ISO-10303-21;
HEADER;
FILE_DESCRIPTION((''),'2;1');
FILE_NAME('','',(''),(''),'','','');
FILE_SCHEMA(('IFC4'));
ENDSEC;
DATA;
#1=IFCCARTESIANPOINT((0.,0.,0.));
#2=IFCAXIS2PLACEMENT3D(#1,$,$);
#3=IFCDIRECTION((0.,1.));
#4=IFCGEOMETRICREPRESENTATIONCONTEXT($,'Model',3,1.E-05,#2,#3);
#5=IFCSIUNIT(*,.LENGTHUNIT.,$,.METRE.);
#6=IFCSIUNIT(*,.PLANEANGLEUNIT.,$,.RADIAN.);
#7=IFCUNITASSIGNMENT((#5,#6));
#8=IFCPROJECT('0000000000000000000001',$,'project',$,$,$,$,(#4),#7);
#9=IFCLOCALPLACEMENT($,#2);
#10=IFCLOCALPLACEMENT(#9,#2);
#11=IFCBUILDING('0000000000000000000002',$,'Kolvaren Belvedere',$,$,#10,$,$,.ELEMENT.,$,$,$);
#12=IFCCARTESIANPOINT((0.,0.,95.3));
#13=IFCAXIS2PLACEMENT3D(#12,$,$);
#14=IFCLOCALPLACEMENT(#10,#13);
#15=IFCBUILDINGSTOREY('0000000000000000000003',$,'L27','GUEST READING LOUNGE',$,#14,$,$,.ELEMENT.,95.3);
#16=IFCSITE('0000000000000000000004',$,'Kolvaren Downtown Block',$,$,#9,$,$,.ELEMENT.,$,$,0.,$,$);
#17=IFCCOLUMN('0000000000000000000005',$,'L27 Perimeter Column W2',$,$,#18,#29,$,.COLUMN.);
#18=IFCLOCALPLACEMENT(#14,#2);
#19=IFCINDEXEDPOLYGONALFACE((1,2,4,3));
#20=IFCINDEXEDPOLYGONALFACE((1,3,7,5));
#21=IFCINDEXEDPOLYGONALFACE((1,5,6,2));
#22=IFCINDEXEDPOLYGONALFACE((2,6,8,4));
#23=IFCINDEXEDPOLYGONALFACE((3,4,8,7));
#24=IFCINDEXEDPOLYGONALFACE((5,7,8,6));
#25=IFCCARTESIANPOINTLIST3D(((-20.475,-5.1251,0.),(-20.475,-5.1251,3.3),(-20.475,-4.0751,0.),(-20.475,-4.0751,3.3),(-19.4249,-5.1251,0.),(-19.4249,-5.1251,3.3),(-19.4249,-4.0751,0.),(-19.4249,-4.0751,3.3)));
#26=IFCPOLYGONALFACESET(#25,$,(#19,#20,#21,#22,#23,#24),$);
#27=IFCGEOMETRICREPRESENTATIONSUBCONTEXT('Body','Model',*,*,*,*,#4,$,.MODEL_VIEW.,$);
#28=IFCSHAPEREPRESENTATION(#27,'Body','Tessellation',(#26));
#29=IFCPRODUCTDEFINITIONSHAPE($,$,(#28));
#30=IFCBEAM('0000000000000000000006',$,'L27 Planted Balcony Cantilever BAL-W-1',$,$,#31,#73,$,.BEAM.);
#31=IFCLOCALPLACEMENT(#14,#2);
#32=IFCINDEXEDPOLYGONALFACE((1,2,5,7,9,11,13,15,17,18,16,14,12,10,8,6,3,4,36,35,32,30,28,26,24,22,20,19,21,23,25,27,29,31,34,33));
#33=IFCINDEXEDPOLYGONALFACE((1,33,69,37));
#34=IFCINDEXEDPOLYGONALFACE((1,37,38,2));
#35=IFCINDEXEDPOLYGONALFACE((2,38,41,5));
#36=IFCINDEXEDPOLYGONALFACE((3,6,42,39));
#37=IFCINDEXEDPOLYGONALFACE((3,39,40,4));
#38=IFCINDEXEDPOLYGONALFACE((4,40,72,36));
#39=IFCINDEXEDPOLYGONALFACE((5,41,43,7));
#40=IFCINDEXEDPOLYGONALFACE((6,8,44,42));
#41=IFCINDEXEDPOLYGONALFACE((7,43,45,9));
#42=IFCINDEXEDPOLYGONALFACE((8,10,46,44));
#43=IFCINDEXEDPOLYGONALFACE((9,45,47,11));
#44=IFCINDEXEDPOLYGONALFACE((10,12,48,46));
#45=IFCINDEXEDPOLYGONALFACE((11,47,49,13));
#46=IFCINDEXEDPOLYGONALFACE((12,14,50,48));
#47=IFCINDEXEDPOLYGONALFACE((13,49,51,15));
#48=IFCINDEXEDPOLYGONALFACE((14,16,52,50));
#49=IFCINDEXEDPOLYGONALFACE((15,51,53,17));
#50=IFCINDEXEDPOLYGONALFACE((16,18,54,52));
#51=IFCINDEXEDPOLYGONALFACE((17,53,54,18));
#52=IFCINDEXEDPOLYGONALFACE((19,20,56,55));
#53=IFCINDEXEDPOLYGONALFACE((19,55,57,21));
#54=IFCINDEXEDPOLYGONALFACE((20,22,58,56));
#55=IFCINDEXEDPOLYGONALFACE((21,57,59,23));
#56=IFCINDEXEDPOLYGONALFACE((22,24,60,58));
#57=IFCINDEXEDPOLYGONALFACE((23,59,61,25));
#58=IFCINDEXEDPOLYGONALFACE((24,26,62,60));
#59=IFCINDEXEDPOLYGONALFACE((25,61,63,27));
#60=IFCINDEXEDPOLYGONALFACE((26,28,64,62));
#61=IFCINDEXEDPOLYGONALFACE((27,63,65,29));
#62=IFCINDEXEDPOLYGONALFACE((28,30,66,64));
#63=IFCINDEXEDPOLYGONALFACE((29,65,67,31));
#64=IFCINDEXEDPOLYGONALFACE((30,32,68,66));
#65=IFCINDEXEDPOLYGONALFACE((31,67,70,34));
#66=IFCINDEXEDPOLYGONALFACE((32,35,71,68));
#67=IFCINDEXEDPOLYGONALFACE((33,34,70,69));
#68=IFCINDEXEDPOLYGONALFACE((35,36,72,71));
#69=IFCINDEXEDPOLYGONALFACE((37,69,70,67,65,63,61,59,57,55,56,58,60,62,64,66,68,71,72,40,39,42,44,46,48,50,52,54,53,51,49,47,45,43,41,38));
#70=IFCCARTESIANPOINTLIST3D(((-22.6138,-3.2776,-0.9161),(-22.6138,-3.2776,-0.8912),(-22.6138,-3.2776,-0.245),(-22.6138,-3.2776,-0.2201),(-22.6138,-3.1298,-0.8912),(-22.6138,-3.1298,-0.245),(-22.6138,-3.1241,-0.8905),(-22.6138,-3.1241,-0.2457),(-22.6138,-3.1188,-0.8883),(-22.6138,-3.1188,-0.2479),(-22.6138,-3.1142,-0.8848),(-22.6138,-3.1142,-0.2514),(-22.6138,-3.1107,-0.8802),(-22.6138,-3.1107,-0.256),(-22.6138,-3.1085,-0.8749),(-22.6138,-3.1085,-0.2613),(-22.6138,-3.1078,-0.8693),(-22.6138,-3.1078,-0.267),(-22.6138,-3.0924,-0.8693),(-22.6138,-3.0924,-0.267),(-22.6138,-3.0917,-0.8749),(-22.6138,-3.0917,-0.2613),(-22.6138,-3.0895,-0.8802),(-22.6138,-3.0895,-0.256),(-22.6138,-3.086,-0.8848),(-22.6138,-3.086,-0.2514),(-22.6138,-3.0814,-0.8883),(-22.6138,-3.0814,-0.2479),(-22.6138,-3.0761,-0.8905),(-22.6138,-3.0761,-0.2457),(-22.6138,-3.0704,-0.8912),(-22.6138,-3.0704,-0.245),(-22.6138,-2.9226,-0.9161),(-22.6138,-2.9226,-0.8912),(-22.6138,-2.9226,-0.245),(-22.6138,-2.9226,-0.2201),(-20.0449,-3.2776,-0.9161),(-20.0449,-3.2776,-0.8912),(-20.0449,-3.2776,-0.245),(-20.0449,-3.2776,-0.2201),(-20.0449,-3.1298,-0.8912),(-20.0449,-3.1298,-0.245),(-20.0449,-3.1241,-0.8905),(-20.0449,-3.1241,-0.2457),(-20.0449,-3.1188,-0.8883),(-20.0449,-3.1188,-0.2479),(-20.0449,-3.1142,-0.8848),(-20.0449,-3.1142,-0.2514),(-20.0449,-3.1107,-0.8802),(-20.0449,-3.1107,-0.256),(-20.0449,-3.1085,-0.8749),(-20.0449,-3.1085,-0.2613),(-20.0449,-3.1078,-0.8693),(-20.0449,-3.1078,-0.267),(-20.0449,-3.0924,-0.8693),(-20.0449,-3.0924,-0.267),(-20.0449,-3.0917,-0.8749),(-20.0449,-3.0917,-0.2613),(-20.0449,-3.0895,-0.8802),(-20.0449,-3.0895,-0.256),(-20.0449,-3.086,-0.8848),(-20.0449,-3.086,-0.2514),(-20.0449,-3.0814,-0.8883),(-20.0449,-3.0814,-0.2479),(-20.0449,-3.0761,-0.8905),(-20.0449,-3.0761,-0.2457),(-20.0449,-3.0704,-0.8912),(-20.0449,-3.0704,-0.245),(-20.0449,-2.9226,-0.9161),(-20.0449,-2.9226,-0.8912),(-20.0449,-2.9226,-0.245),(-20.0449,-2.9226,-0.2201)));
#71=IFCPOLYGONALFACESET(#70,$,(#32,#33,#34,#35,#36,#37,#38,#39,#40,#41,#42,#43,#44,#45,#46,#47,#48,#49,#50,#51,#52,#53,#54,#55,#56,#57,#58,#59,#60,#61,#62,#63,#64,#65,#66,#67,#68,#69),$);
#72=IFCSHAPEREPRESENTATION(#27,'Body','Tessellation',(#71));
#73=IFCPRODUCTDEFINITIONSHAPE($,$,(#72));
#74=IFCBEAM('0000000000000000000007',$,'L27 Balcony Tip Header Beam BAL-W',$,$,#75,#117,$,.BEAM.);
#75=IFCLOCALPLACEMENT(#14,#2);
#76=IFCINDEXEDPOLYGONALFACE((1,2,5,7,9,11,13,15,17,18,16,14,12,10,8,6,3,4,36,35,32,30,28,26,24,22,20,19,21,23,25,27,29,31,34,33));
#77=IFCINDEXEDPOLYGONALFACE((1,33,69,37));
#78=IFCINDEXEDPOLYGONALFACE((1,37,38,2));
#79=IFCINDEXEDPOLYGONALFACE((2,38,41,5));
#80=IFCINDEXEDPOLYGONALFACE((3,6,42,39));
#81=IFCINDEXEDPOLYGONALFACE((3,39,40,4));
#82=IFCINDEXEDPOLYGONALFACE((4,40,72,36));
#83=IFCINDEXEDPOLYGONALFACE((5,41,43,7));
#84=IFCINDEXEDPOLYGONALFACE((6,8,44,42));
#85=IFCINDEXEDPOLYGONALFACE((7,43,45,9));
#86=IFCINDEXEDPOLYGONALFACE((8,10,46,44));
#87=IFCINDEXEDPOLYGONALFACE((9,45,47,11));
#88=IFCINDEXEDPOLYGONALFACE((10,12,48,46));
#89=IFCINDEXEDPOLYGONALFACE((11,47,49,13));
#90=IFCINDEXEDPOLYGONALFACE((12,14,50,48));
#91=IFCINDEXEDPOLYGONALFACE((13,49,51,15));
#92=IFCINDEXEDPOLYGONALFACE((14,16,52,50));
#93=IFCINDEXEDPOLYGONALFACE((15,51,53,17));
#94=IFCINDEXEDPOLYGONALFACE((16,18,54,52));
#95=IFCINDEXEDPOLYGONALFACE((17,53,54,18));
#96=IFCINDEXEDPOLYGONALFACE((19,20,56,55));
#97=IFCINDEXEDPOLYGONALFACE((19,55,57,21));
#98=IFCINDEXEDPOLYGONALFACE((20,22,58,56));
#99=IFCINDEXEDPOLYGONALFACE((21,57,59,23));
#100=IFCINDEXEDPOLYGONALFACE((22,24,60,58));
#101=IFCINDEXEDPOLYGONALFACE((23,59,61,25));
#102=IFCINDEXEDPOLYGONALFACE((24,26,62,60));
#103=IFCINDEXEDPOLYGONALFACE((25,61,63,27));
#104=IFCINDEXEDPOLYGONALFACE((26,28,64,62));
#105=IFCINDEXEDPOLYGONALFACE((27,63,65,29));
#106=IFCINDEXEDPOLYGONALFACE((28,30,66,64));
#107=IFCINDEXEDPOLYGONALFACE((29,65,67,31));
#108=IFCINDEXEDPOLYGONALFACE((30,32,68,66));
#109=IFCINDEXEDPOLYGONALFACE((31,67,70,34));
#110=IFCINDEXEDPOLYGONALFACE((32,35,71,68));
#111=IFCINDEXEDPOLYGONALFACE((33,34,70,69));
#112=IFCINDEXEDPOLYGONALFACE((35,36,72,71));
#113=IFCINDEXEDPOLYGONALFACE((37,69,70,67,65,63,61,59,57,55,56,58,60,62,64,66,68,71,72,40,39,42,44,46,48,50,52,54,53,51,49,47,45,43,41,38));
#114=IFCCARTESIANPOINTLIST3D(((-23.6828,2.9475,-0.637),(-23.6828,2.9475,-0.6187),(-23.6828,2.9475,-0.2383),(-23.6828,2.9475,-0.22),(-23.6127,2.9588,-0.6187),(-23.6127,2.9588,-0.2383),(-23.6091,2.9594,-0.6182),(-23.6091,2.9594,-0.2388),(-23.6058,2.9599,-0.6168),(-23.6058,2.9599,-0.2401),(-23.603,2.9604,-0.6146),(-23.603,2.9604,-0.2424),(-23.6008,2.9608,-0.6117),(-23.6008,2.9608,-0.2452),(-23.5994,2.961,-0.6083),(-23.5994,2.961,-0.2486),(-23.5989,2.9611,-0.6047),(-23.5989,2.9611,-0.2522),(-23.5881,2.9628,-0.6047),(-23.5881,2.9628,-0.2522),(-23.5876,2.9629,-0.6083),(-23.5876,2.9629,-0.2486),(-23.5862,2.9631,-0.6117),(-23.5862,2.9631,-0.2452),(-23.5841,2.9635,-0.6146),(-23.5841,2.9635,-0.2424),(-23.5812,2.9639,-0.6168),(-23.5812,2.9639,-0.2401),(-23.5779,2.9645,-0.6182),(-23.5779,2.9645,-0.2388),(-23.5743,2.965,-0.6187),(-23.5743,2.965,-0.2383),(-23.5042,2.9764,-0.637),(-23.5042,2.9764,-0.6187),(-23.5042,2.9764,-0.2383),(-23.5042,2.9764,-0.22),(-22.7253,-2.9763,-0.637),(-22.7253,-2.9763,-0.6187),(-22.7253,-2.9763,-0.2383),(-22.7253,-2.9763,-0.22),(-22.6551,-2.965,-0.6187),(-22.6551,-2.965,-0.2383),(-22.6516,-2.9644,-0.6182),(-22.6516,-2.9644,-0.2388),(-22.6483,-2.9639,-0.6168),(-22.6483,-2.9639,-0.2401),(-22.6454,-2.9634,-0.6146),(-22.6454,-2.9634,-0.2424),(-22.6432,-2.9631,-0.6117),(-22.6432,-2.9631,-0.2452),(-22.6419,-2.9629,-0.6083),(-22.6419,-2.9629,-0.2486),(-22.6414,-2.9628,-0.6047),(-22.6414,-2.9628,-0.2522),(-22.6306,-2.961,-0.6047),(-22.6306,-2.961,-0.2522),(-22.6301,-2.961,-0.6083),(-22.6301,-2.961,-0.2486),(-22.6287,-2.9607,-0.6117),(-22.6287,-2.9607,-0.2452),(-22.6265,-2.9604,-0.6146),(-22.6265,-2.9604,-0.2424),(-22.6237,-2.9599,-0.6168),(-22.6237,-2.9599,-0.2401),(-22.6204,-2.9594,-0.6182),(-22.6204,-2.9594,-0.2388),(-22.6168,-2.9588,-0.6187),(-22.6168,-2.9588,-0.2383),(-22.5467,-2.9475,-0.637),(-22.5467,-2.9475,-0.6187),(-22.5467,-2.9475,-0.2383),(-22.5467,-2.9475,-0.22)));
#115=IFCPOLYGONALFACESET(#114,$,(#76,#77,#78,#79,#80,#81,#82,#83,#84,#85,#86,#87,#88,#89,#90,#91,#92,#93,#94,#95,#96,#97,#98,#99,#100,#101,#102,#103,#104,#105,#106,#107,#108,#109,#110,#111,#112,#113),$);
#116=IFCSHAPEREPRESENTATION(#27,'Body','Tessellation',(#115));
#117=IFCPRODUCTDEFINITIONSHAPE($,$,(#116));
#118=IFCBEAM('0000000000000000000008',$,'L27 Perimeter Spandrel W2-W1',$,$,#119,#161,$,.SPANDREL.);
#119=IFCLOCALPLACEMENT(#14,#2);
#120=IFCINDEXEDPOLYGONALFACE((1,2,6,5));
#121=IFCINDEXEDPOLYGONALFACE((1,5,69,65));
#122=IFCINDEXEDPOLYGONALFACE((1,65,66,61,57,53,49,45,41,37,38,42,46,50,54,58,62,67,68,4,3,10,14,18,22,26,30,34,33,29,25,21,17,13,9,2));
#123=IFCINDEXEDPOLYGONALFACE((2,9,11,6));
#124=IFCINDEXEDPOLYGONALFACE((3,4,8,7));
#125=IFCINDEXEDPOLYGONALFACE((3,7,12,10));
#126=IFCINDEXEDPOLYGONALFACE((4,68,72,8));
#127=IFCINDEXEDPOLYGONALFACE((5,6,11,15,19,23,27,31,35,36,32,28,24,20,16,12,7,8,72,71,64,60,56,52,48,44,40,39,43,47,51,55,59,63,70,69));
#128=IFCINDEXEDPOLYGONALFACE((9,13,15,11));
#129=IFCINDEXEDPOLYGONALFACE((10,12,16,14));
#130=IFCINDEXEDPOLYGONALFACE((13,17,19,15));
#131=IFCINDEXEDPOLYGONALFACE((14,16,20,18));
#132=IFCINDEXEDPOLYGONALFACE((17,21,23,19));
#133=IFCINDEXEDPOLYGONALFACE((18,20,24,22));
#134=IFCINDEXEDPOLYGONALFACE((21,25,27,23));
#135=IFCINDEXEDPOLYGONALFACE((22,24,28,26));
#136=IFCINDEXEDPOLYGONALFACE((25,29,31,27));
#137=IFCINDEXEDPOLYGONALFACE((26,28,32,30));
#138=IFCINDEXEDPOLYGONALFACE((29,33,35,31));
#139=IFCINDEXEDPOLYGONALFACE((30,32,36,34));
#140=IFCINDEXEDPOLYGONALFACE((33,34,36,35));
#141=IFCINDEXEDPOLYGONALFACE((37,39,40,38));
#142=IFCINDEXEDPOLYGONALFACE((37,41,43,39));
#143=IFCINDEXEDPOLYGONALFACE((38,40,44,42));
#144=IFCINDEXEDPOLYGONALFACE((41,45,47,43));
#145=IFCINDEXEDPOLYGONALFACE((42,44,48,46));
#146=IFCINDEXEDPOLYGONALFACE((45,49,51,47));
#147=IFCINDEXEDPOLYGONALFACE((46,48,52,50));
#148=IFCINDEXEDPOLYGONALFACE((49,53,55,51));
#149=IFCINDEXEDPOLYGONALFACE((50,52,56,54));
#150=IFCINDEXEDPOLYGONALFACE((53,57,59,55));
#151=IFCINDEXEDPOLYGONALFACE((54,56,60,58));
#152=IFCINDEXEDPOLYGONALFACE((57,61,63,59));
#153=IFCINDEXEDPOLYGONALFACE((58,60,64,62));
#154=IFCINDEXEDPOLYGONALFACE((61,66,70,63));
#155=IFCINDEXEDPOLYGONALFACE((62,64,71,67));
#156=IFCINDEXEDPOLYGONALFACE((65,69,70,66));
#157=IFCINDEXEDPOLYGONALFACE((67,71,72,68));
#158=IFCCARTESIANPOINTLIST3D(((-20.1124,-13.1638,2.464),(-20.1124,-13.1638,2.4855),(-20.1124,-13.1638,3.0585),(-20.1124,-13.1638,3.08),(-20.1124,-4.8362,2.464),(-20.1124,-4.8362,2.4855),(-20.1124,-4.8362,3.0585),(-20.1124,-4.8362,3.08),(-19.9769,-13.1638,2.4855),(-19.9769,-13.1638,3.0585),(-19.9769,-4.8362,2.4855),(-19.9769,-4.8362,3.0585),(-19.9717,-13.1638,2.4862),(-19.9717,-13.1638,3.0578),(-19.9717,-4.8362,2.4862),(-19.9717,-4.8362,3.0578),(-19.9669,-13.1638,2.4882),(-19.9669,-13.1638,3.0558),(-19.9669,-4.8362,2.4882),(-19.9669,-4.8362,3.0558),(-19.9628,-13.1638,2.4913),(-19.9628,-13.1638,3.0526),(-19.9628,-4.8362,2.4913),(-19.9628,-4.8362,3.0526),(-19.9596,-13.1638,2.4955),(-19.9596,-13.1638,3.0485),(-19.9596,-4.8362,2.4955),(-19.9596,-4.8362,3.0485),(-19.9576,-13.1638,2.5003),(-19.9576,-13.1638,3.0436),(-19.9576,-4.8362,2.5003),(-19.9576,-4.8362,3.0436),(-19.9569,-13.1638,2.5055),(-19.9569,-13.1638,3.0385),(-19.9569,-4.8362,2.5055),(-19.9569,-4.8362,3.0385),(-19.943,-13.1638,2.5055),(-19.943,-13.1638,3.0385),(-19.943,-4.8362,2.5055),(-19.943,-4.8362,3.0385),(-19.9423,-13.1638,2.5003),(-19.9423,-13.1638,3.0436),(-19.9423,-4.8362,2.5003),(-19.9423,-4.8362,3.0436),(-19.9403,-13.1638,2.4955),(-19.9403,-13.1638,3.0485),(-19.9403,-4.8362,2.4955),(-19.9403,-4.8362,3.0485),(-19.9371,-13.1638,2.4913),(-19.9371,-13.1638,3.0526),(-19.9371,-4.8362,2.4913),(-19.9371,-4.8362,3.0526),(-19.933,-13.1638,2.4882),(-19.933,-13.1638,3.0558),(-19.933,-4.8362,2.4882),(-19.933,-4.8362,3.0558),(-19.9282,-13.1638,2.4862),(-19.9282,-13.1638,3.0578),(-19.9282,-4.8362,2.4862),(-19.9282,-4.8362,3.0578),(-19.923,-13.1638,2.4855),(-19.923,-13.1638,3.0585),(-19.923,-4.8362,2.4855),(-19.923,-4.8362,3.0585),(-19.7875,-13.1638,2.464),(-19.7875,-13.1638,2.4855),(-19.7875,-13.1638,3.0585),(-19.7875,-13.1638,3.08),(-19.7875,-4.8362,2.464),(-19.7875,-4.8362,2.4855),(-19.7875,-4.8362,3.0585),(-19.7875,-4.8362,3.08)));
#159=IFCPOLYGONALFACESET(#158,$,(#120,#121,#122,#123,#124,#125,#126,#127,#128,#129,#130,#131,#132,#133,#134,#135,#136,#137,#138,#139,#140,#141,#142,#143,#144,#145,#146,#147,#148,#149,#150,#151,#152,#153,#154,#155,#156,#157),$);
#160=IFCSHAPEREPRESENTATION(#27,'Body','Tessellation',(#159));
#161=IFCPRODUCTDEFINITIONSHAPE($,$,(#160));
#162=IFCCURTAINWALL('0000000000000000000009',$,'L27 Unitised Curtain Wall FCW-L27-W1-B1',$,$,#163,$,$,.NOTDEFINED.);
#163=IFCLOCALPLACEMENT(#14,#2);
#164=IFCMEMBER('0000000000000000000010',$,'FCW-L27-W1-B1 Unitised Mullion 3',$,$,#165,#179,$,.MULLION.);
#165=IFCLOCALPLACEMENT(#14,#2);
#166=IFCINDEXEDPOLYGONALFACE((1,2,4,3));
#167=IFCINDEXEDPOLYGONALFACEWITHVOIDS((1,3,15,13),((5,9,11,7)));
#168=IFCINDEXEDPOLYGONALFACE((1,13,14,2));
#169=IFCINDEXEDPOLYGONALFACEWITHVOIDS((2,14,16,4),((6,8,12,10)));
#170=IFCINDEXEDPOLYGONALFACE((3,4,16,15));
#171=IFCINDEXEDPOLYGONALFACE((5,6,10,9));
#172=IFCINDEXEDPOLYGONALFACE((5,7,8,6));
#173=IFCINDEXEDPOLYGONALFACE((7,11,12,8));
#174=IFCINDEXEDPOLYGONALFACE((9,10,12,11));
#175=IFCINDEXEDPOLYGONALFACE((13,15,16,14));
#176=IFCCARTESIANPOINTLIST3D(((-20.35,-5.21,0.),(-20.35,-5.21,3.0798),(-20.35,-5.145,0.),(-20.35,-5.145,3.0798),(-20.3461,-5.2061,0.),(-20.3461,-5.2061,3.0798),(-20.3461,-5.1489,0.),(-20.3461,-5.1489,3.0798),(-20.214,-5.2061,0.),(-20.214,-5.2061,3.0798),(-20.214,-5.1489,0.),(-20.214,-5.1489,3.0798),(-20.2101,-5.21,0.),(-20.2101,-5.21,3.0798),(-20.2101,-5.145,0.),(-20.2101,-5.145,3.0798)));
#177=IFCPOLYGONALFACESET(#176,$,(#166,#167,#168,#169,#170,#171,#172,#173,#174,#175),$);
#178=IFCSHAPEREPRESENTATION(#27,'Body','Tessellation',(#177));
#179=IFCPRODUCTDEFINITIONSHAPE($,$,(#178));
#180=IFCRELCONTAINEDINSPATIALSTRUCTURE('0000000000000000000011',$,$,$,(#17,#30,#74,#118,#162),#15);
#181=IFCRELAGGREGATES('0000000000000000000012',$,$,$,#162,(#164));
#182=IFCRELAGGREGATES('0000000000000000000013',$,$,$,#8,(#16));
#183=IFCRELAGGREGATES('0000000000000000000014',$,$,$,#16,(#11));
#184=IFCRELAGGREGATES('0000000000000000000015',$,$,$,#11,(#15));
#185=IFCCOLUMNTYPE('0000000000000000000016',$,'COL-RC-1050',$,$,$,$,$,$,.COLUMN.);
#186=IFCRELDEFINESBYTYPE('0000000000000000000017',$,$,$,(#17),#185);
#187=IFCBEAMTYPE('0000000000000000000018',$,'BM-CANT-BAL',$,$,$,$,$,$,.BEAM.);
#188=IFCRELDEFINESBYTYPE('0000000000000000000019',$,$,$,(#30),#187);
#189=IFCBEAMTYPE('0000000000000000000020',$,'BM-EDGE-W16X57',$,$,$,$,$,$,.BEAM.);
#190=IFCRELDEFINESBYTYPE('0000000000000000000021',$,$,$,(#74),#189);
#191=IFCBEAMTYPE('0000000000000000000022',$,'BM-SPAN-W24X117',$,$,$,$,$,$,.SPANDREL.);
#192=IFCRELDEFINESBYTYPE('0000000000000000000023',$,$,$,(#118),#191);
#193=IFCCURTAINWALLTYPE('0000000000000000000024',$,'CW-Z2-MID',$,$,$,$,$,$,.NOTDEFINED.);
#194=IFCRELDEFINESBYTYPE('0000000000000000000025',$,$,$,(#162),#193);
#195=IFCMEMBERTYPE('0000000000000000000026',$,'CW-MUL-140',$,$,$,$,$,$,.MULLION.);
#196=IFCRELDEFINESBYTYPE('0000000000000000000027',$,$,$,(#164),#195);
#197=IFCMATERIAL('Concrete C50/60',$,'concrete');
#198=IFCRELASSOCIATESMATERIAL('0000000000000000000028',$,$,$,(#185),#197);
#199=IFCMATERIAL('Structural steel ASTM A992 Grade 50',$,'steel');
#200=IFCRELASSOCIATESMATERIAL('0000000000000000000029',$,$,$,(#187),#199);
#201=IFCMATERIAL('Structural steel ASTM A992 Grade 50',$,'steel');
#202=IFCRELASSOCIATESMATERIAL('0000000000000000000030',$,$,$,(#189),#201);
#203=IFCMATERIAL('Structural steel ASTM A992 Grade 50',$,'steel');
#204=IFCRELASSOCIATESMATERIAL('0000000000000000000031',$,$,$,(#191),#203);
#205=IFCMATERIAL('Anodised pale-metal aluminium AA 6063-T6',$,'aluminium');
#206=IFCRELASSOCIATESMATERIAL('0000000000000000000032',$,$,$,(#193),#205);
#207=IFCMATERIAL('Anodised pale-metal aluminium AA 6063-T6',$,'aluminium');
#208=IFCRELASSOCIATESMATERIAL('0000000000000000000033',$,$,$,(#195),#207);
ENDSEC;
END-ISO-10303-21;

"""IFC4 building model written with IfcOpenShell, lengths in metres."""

from ifc_helpers import new_model, si_unit, direction, frame, origin, origin_2d, place, context, subcontext, project, spatial, rectangle, hollow_rectangle, i_section, extrude, material, material_profile, profile_set, type_object, element, aggregate, save


model = new_model("IFC4")

# Units and contexts
model_context = context("Model", 3, precision=1e-05, world=origin(), true_north=direction((0.0, 1.0)))
body_context = subcontext(model_context, "Body", "Model", "MODEL_VIEW")
ifc_project = project(units=[si_unit("LENGTHUNIT", "METRE"), si_unit("PLANEANGLEUNIT", "RADIAN")], contexts=[model_context])

# Site, building, storey
site_placement = place(None, origin())
site = spatial("IfcSite", under=ifc_project, at=site_placement, Name="Kolvaren Downtown Block", CompositionType="ELEMENT", RefElevation=0.0)
building_placement = place(site_placement, origin())
building = spatial("IfcBuilding", under=site, at=building_placement, Name="Kolvaren Belvedere", CompositionType="ELEMENT")
storey_placement = place(building_placement, frame((0.0, 0.0, 95.3)))
storey = spatial("IfcBuildingStorey", under=building, at=storey_placement, Name="L27", Description="GUEST READING LOUNGE", CompositionType="ELEMENT", Elevation=95.3)

# Column
ifc_material_1 = material(Name="Concrete C50/60", Category="concrete")
ifc_material_profile_1 = material_profile(ifc_material_1, rectangle(XDim=1.05, YDim=1.05, at=origin_2d()), Name="RC 1050X1050")
ifc_profile_set_1 = profile_set([ifc_material_profile_1], Name="Concrete C50/60")
column_type = type_object("IfcColumnType", Name="COL-RC-1050", PredefinedType="COLUMN", material=ifc_profile_set_1)
column_placement = place(storey_placement, frame((-19.95, -4.6001, 0.0), z_axis=(0.0, 0.0, 1.0), x_axis=(1.0, 0.0, 0.0)))
element("IfcColumn", 1, at=column_placement, inside=storey, type_object=column_type, Name="L27 Perimeter Column W2", PredefinedType="COLUMN", context=body_context, shape_type="SweptSolid", body=[
    extrude(rectangle(XDim=1.05, YDim=1.05, at=origin_2d()), origin(), (0.0, 0.0, 1.0), 3.3),
])

# Beams
ifc_material_2 = material(Name="Structural steel ASTM A992 Grade 50", Category="steel")
ifc_material_profile_2 = material_profile(ifc_material_2, i_section(OverallWidth=0.355, OverallDepth=0.696, WebThickness=0.0154, FlangeThickness=0.0249, FilletRadius=0.022, at=origin_2d()), Name="W27X146")
ifc_profile_set_2 = profile_set([ifc_material_profile_2], Name="Structural steel ASTM A992 Grade 50")
beam_type_1 = type_object("IfcBeamType", Name="BM-CANT-BAL", PredefinedType="BEAM", material=ifc_profile_set_2)
beam_1_placement = place(storey_placement, frame((-20.0449, -3.1001, -0.5681), z_axis=(-1.0, 0.0, 0.0), x_axis=(0.0, -1.0, 0.0)))
element("IfcBeam", 2, at=beam_1_placement, inside=storey, type_object=beam_type_1, Name="L27 Planted Balcony Cantilever BAL-W-1", PredefinedType="BEAM", context=body_context, shape_type="SweptSolid", body=[
    extrude(i_section(OverallWidth=0.355, OverallDepth=0.696, WebThickness=0.0154, FlangeThickness=0.0249, FilletRadius=0.022, at=origin_2d()), origin(), (0.0, 0.0, 1.0), 2.5688),
])
ifc_material_3 = material(Name="Structural steel ASTM A992 Grade 50", Category="steel")
ifc_material_profile_3 = material_profile(ifc_material_3, i_section(OverallWidth=0.1809, OverallDepth=0.417, WebThickness=0.011, FlangeThickness=0.0183, FilletRadius=0.0139, at=origin_2d()), Name="W16X57")
ifc_profile_set_3 = profile_set([ifc_material_profile_3], Name="Structural steel ASTM A992 Grade 50")
beam_type_2 = type_object("IfcBeamType", Name="BM-EDGE-W16X57", PredefinedType="BEAM", material=ifc_profile_set_3)
beam_2_placement = place(storey_placement, frame((-22.636, -2.9619, -0.4285), z_axis=(-0.159568, 0.987187, 0.0), x_axis=(-0.987187, -0.159568, 0.0)))
element("IfcBeam", 3, at=beam_2_placement, inside=storey, type_object=beam_type_2, Name="L27 Balcony Tip Header Beam BAL-W", PredefinedType="BEAM", context=body_context, shape_type="SweptSolid", body=[
    extrude(i_section(OverallWidth=0.1809, OverallDepth=0.417, WebThickness=0.011, FlangeThickness=0.0183, FilletRadius=0.0139, at=origin_2d()), origin(), (0.0, 0.0, 1.0), 6.0007),
])
ifc_material_4 = material(Name="Structural steel ASTM A992 Grade 50", Category="steel")
ifc_material_profile_4 = material_profile(ifc_material_4, i_section(OverallWidth=0.325, OverallDepth=0.616, WebThickness=0.0139, FlangeThickness=0.0215, FilletRadius=0.02, at=origin_2d()), Name="W24X117")
ifc_profile_set_4 = profile_set([ifc_material_profile_4], Name="Structural steel ASTM A992 Grade 50")
beam_type_3 = type_object("IfcBeamType", Name="BM-SPAN-W24X117", PredefinedType="SPANDREL", material=ifc_profile_set_4)
beam_3_placement = place(storey_placement, frame((-19.95, -4.8362, 2.772), z_axis=(0.0, -1.0, 0.0), x_axis=(1.0, 0.0, 0.0)))
element("IfcBeam", 4, at=beam_3_placement, inside=storey, type_object=beam_type_3, Name="L27 Perimeter Spandrel W2-W1", PredefinedType="SPANDREL", context=body_context, shape_type="SweptSolid", body=[
    extrude(i_section(OverallWidth=0.325, OverallDepth=0.616, WebThickness=0.0139, FlangeThickness=0.0215, FilletRadius=0.02, at=origin_2d()), origin(), (0.0, 0.0, 1.0), 8.3276),
])

# Curtain wall, member
ifc_material_5 = material(Name="Anodised pale-metal aluminium AA 6063-T6", Category="aluminium")
curtain_wall_type = type_object("IfcCurtainWallType", Name="CW-Z2-MID", PredefinedType="NOTDEFINED", material=ifc_material_5)
curtain_wall_1_placement = place(storey_placement, origin())
curtain_wall_1 = element("IfcCurtainWall", 5, at=curtain_wall_1_placement, inside=storey, type_object=curtain_wall_type, Name="L27 Unitised Curtain Wall FCW-L27-W1-B1", PredefinedType="NOTDEFINED")
ifc_material_6 = material(Name="Anodised pale-metal aluminium AA 6063-T6", Category="aluminium")
ifc_material_profile_5 = material_profile(ifc_material_6, hollow_rectangle(XDim=0.0649, YDim=0.1399, WallThickness=0.0039, at=origin_2d()), Name="ALU-MUL-140X65")
ifc_profile_set_5 = profile_set([ifc_material_profile_5], Name="Anodised pale-metal aluminium AA 6063-T6")
member_type_1 = type_object("IfcMemberType", Name="CW-MUL-140", PredefinedType="MULLION", material=ifc_profile_set_5)
member_1_placement = place(storey_placement, frame((-20.28, -5.1775, 0.0), z_axis=(0.0, 0.0, 1.0), x_axis=(0.0, 1.0, 0.0)))
member_1 = element("IfcMember", 6, at=member_1_placement, type_object=member_type_1, Name="FCW-L27-W1-B1 Unitised Mullion 3", PredefinedType="MULLION", context=body_context, shape_type="SweptSolid", body=[
    extrude(hollow_rectangle(XDim=0.0649, YDim=0.1399, WallThickness=0.0039, at=origin_2d()), origin(), (0.0, 0.0, 1.0), 3.0798),
])
aggregate(curtain_wall_1, [member_1])

save(model, "model.ifc")
